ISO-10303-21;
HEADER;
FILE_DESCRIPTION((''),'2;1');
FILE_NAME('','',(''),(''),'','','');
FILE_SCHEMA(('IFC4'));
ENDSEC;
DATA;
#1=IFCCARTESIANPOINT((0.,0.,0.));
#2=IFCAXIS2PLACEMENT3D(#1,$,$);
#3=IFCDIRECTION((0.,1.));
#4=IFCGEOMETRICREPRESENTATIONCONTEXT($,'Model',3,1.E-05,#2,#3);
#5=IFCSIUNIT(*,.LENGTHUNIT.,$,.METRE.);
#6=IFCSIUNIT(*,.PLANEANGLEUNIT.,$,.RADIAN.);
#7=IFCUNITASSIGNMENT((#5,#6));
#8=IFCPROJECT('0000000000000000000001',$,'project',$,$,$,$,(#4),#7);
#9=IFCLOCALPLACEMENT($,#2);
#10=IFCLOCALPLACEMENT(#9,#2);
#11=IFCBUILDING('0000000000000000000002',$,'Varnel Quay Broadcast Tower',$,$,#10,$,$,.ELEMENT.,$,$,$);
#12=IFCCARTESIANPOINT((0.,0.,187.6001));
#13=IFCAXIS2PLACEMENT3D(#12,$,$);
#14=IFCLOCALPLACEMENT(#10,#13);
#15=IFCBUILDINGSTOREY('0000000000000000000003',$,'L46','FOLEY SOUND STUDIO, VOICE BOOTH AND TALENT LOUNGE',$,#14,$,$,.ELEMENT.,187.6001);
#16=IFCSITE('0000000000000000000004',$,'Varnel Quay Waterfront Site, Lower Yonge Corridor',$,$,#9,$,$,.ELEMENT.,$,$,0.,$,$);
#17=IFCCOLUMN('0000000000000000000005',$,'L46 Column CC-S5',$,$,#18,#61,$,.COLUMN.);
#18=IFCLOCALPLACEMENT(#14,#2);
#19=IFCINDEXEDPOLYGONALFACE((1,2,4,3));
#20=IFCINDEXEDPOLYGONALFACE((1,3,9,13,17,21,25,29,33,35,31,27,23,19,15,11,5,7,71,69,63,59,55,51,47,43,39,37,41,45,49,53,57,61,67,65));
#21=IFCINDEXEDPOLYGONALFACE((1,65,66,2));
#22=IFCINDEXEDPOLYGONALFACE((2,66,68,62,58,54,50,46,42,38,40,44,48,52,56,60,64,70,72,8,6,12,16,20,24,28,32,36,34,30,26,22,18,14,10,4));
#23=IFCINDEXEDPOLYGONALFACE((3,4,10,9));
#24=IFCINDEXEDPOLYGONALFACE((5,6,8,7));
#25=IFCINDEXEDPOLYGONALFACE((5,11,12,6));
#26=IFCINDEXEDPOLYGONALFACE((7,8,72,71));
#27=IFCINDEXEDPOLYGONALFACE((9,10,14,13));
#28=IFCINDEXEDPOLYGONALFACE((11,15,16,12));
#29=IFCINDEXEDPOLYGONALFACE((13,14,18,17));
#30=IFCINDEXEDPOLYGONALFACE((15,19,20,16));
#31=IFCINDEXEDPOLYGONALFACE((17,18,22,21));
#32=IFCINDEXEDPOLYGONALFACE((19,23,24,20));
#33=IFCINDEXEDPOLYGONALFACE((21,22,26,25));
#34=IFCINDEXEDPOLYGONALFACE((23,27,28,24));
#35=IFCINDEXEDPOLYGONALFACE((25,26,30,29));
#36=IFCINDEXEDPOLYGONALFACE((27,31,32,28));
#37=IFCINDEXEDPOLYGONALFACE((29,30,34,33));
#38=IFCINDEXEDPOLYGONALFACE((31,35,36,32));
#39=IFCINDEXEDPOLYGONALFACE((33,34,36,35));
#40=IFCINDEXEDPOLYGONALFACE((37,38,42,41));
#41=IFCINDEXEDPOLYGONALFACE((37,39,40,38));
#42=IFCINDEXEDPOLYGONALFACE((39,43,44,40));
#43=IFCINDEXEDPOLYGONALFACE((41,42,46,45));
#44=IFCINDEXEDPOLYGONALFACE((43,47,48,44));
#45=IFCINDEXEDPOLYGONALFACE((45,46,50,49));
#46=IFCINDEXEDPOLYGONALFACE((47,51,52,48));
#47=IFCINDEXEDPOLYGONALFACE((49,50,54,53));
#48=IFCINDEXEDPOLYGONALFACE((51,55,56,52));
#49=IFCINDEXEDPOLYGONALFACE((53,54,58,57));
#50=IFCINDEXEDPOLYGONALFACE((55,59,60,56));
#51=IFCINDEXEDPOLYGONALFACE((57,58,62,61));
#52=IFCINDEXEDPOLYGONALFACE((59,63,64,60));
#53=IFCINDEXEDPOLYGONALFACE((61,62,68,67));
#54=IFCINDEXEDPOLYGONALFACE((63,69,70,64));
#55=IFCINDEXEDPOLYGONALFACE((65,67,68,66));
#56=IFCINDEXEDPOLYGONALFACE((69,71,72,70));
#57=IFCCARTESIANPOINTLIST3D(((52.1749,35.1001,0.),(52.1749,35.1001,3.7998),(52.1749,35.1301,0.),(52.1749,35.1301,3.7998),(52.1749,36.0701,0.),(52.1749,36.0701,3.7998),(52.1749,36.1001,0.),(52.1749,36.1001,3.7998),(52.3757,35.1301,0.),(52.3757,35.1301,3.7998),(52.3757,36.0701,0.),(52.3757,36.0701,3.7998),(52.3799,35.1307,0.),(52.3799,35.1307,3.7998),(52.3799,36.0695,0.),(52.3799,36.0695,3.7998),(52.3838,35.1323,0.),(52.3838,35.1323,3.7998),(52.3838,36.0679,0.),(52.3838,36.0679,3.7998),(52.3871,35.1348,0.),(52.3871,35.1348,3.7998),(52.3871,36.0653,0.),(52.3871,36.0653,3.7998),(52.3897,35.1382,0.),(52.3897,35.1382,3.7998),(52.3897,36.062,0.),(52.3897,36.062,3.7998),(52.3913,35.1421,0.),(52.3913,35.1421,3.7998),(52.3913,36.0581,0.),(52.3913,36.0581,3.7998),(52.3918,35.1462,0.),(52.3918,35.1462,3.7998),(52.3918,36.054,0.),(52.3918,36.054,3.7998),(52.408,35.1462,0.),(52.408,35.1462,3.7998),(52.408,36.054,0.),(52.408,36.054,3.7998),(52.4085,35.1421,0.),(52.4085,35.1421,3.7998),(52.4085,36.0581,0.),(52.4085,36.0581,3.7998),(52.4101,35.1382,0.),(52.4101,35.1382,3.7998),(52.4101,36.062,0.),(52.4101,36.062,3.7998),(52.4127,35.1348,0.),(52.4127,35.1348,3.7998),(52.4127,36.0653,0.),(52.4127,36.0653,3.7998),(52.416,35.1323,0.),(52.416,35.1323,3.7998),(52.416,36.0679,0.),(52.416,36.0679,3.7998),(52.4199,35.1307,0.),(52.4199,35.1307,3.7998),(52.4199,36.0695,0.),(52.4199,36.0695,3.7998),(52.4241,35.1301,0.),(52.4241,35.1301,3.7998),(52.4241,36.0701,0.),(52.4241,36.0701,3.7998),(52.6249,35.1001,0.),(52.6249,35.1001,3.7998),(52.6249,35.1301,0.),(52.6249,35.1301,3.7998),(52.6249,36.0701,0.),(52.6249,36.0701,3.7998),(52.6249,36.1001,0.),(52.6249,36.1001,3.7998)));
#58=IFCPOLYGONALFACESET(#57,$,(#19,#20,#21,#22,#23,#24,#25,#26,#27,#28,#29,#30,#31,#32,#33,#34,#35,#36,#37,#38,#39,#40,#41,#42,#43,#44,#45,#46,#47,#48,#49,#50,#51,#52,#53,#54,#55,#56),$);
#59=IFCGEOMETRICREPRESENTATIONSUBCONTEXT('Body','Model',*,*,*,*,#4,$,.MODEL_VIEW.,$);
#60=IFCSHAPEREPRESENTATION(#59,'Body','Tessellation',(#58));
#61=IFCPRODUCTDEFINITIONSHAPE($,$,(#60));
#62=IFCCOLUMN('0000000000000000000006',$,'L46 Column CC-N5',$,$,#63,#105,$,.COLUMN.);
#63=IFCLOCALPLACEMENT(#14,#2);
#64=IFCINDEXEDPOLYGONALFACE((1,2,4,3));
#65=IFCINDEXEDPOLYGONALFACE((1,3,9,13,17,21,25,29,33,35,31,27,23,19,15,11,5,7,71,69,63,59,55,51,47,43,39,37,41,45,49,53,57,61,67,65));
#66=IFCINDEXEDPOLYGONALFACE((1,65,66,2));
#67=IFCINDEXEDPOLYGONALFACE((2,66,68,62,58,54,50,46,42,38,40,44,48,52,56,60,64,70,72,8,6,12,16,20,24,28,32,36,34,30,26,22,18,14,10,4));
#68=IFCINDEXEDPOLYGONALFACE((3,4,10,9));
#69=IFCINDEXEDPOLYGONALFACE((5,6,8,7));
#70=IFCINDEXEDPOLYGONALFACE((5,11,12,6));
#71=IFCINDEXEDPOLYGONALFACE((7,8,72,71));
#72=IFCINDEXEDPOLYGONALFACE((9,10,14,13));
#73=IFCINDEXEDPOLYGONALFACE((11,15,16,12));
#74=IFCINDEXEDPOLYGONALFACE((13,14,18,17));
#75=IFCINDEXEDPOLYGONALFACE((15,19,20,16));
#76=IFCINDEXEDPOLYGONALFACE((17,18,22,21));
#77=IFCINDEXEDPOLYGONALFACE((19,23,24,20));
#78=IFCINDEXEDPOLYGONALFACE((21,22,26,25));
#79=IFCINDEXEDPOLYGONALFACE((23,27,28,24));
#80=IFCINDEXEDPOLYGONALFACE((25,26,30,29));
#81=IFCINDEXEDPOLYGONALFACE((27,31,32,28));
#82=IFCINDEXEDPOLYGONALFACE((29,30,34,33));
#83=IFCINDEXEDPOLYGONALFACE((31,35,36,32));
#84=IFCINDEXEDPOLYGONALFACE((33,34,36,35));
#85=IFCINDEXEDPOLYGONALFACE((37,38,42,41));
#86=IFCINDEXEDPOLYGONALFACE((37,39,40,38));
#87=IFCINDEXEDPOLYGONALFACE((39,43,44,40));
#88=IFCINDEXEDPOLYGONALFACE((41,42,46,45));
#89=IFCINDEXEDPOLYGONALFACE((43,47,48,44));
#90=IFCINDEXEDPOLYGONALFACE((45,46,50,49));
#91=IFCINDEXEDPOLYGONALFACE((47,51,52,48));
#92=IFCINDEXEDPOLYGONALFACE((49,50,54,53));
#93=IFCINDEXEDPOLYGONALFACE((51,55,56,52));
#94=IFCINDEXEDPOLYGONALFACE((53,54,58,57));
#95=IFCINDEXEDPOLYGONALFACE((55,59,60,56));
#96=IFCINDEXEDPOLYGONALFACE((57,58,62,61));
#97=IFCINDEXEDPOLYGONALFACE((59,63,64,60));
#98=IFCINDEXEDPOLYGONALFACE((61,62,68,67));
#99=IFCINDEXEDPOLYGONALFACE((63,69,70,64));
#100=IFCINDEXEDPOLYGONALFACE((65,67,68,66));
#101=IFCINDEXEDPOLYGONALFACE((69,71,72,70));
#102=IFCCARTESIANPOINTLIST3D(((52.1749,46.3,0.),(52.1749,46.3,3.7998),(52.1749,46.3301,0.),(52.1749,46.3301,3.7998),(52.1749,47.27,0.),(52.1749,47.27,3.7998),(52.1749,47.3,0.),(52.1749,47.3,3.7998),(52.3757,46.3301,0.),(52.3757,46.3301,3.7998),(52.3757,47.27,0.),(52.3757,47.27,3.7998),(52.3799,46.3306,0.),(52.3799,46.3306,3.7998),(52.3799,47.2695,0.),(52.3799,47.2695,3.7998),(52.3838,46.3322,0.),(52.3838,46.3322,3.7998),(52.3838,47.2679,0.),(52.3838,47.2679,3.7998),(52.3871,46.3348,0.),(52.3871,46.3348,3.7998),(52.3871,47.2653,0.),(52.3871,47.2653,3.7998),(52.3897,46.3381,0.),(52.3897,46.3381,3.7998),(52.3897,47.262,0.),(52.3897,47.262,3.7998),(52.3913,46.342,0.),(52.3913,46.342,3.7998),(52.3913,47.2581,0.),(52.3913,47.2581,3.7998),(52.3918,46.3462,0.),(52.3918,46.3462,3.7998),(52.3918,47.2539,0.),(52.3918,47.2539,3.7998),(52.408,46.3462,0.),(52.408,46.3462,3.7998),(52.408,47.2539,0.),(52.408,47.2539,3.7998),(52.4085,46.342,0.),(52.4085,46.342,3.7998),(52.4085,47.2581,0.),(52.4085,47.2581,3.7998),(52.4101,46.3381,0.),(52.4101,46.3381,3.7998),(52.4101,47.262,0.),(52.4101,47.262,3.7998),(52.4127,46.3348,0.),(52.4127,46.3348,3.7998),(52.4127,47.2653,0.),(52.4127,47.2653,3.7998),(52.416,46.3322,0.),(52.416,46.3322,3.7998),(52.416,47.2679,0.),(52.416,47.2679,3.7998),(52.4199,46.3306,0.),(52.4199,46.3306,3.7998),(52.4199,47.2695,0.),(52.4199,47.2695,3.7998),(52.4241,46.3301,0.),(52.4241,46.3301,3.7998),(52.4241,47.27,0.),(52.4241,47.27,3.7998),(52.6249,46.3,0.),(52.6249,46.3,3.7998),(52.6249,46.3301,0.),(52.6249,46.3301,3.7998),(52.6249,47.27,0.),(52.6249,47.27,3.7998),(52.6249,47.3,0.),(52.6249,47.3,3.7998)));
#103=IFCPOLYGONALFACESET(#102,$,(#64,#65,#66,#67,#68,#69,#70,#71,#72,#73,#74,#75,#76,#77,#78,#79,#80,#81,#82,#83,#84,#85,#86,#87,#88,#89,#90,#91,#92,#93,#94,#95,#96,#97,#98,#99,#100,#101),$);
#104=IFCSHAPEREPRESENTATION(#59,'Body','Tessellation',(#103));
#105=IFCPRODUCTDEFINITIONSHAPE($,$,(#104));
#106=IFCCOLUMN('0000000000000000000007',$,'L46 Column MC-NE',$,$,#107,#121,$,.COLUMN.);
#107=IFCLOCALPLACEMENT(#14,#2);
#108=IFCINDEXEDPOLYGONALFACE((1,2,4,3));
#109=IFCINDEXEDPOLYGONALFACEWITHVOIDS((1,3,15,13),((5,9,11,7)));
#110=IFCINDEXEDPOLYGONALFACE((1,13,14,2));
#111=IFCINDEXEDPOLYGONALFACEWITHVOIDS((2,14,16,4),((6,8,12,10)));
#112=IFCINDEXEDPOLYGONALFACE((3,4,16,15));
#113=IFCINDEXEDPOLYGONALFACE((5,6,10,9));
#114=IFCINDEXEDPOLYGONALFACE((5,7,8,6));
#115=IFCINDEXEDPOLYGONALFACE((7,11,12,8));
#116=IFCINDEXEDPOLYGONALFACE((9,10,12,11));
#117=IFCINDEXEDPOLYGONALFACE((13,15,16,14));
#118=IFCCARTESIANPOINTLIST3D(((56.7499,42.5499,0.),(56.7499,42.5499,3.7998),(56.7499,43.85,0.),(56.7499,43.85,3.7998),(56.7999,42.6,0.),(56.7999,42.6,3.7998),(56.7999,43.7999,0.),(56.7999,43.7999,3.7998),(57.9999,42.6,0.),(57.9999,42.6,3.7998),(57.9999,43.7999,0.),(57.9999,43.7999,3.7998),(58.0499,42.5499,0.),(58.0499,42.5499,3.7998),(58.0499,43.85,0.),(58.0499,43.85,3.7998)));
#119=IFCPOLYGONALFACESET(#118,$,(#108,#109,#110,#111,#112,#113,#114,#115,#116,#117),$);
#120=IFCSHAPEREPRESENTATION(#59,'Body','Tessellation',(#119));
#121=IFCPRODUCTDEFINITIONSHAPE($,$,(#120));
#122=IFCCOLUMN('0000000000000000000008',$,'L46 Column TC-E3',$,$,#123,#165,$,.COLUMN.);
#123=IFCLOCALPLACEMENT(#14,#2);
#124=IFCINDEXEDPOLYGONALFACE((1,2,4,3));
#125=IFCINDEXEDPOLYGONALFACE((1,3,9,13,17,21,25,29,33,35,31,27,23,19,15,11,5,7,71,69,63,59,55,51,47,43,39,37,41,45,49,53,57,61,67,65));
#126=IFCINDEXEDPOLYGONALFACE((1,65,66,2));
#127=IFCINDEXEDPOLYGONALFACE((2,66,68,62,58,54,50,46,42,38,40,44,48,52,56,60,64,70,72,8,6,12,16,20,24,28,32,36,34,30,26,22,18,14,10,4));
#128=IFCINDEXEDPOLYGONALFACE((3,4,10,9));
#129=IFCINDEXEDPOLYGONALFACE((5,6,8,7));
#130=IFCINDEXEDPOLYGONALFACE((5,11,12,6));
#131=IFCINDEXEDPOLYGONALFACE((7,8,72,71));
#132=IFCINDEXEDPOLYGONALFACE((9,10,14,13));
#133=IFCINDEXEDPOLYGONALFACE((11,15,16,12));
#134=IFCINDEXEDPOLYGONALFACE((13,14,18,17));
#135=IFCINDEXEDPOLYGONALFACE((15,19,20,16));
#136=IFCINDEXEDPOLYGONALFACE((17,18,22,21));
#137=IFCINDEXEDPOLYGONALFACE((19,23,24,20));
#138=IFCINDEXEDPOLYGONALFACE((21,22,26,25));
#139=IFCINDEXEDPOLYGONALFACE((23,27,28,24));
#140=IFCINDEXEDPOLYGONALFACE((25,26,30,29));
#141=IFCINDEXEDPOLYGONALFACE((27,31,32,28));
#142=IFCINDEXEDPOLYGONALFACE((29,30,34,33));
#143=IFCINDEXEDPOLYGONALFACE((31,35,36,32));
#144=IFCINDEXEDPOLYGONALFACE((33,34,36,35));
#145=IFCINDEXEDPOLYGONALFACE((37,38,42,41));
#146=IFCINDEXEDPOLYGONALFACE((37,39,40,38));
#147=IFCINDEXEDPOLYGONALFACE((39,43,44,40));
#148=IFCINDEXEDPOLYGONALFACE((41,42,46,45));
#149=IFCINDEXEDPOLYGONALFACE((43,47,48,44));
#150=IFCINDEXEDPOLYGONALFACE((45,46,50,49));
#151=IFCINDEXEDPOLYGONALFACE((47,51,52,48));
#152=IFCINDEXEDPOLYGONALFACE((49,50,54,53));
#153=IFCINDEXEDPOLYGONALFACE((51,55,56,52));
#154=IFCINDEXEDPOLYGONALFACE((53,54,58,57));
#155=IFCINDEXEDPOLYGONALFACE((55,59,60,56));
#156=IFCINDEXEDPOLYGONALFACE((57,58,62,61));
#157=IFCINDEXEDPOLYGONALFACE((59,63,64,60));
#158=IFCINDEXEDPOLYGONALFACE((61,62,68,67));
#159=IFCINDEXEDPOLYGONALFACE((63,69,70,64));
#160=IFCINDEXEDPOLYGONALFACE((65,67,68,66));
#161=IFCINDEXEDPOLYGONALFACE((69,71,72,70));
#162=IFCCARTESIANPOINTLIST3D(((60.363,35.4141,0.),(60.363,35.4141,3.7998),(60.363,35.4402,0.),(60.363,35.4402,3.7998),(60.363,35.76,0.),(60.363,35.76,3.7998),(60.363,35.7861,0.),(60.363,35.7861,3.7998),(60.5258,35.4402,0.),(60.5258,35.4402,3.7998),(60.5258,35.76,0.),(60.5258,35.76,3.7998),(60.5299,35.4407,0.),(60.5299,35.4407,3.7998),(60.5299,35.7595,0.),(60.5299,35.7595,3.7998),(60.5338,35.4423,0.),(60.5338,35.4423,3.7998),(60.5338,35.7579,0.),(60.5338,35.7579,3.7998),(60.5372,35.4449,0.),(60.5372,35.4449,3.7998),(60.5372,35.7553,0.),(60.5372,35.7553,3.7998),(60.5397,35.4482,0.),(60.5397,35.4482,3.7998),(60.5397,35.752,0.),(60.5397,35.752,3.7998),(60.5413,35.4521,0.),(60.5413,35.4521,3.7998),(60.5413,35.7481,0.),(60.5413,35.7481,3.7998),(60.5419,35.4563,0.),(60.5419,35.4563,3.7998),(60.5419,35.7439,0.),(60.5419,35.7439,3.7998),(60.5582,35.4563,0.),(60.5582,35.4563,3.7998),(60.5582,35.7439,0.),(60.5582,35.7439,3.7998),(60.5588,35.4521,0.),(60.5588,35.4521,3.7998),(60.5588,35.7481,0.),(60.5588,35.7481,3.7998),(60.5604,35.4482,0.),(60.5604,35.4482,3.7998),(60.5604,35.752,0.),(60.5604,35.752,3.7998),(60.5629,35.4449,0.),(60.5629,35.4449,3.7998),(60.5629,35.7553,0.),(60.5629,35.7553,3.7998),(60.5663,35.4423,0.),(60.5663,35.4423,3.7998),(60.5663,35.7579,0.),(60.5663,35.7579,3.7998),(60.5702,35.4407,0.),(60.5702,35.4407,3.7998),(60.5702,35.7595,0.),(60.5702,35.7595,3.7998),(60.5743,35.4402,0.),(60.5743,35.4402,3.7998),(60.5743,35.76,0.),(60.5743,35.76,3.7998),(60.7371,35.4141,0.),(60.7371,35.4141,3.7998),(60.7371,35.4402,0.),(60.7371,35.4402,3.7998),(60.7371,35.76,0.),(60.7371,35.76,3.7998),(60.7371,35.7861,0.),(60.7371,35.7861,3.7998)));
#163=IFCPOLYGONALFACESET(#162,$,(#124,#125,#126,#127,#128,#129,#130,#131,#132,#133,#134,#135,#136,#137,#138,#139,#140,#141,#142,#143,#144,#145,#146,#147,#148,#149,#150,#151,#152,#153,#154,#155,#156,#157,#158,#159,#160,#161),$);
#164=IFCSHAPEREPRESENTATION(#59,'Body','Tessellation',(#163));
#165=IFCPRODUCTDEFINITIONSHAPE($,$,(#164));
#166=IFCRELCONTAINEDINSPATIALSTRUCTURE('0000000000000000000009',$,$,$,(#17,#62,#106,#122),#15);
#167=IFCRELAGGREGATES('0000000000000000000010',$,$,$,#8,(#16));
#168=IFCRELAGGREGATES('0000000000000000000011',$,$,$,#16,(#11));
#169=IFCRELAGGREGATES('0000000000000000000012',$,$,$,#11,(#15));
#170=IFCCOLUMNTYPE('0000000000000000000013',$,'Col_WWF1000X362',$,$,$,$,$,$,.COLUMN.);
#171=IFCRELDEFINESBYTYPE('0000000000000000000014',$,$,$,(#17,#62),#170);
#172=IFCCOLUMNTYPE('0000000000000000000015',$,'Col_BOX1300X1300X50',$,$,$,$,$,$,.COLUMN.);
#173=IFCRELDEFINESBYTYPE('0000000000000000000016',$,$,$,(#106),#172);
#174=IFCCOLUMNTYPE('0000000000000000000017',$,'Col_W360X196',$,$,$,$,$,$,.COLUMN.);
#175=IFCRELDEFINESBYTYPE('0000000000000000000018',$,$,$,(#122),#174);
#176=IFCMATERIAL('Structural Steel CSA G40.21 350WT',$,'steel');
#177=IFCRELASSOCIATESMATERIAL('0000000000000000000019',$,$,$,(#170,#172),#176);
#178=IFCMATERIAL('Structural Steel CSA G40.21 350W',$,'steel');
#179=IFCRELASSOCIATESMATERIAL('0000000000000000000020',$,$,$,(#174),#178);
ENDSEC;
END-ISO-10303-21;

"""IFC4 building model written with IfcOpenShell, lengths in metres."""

from ifc_helpers import new_model, si_unit, direction, frame, origin, origin_2d, place, context, subcontext, project, spatial, hollow_rectangle, i_section, extrude, source, transform, mapped, material, material_profile, profile_set, type_object, type_shapes, element, save


model = new_model("IFC4")

# Units and contexts
model_context = context("Model", 3, precision=1e-05, world=origin(), true_north=direction((0.0, 1.0)))
body_context = subcontext(model_context, "Body", "Model", "MODEL_VIEW")
ifc_project = project(units=[si_unit("LENGTHUNIT", "METRE"), si_unit("PLANEANGLEUNIT", "RADIAN")], contexts=[model_context])

# Site, building, storey
site_placement = place(None, origin())
site = spatial("IfcSite", under=ifc_project, at=site_placement, Name="Varnel Quay Waterfront Site, Lower Yonge Corridor", CompositionType="ELEMENT", RefElevation=0.0)
building_placement = place(site_placement, origin())
building = spatial("IfcBuilding", under=site, at=building_placement, Name="Varnel Quay Broadcast Tower", CompositionType="ELEMENT")
storey_placement = place(building_placement, frame((0.0, 0.0, 187.6001)))
storey = spatial("IfcBuildingStorey", under=building, at=storey_placement, Name="L46", Description="FOLEY SOUND STUDIO, VOICE BOOTH AND TALENT LOUNGE", CompositionType="ELEMENT", Elevation=187.6001)

# Columns
ifc_material_1 = material(Name="Structural Steel CSA G40.21 350WT", Category="steel")
ifc_material_profile_1 = material_profile(ifc_material_1, i_section(OverallWidth=0.45, OverallDepth=1.0, WebThickness=0.0161, FlangeThickness=0.03, FilletRadius=0.0161, at=origin_2d()), Name="WWF1000X362")
ifc_profile_set_1 = profile_set([ifc_material_profile_1], Name="Structural Steel CSA G40.21 350WT")
column_type_1 = type_object("IfcColumnType", Name="Col_WWF1000X362", PredefinedType="COLUMN", material=ifc_profile_set_1)
shared_shape_1 = source(origin(), body_context, "Body", "SweptSolid", [
    extrude(i_section(OverallWidth=0.45, OverallDepth=1.0, WebThickness=0.0161, FlangeThickness=0.03, FilletRadius=0.0161, at=origin_2d()), origin(), (0.0, 0.0, 1.0), 3.7998),
])
type_shapes(column_type_1, [shared_shape_1])
for number, where, z_axis, x_axis, name in (
    (1, (52.3999, 35.6001, 0.0), (0.0, 0.0, 1.0), (1.0, 0.0, 0.0), "L46 Column CC-S5"),
    (2, (52.3999, 46.8, 0.0), (0.0, 0.0, 1.0), (1.0, 0.0, 0.0), "L46 Column CC-N5"),
):
    element("IfcColumn", number, at=place(storey_placement, frame(where, z_axis=z_axis, x_axis=x_axis)), inside=storey, type_object=column_type_1, Name=name, PredefinedType="COLUMN", context=body_context, shape_type="MappedRepresentation", body=[
        mapped(shared_shape_1, transform((0.0, 0.0, 0.0), x_axis=(1.0, 0.0, 0.0), y_axis=(0.0, 1.0, 0.0), z_axis=(0.0, 0.0, 1.0), scale=1.0)),
    ])
ifc_material_profile_2 = material_profile(ifc_material_1, hollow_rectangle(XDim=1.3, YDim=1.3, WallThickness=0.05, at=origin_2d()), Name="BOX1300X1300X50")
ifc_profile_set_2 = profile_set([ifc_material_profile_2], Name="Structural Steel CSA G40.21 350WT")
column_type_2 = type_object("IfcColumnType", Name="Col_BOX1300X1300X50", PredefinedType="COLUMN", material=ifc_profile_set_2)
shared_shape_2 = source(origin(), body_context, "Body", "SweptSolid", [
    extrude(hollow_rectangle(XDim=1.3, YDim=1.3, WallThickness=0.05, at=origin_2d()), origin(), (0.0, 0.0, 1.0), 3.7998),
])
type_shapes(column_type_2, [shared_shape_2])
column_1_placement = place(storey_placement, frame((57.3999, 43.2, 0.0), z_axis=(0.0, 0.0, 1.0), x_axis=(1.0, 0.0, 0.0)))
element("IfcColumn", 3, at=column_1_placement, inside=storey, type_object=column_type_2, Name="L46 Column MC-NE", PredefinedType="COLUMN", context=body_context, shape_type="MappedRepresentation", body=[
    mapped(shared_shape_2, transform((0.0, 0.0, 0.0), x_axis=(1.0, 0.0, 0.0), y_axis=(0.0, 1.0, 0.0), z_axis=(0.0, 0.0, 1.0), scale=1.0)),
])
ifc_material_2 = material(Name="Structural Steel CSA G40.21 350W", Category="steel")
ifc_material_profile_3 = material_profile(ifc_material_2, i_section(OverallWidth=0.374, OverallDepth=0.3721, WebThickness=0.0164, FlangeThickness=0.0261, FilletRadius=0.0161, at=origin_2d()), Name="W360X196")
ifc_profile_set_3 = profile_set([ifc_material_profile_3], Name="Structural Steel CSA G40.21 350W")
column_type_3 = type_object("IfcColumnType", Name="Col_W360X196", PredefinedType="COLUMN", material=ifc_profile_set_3)
shared_shape_3 = source(origin(), body_context, "Body", "SweptSolid", [
    extrude(i_section(OverallWidth=0.374, OverallDepth=0.3721, WebThickness=0.0164, FlangeThickness=0.0261, FilletRadius=0.0161, at=origin_2d()), origin(), (0.0, 0.0, 1.0), 3.7998),
])
type_shapes(column_type_3, [shared_shape_3])
column_2_placement = place(storey_placement, frame((60.55, 35.6001, 0.0), z_axis=(0.0, 0.0, 1.0), x_axis=(1.0, 0.0, 0.0)))
element("IfcColumn", 4, at=column_2_placement, inside=storey, type_object=column_type_3, Name="L46 Column TC-E3", PredefinedType="COLUMN", context=body_context, shape_type="MappedRepresentation", body=[
    mapped(shared_shape_3, transform((0.0, 0.0, 0.0), x_axis=(1.0, 0.0, 0.0), y_axis=(0.0, 1.0, 0.0), z_axis=(0.0, 0.0, 1.0), scale=1.0)),
])

save(model, "model.ifc")
